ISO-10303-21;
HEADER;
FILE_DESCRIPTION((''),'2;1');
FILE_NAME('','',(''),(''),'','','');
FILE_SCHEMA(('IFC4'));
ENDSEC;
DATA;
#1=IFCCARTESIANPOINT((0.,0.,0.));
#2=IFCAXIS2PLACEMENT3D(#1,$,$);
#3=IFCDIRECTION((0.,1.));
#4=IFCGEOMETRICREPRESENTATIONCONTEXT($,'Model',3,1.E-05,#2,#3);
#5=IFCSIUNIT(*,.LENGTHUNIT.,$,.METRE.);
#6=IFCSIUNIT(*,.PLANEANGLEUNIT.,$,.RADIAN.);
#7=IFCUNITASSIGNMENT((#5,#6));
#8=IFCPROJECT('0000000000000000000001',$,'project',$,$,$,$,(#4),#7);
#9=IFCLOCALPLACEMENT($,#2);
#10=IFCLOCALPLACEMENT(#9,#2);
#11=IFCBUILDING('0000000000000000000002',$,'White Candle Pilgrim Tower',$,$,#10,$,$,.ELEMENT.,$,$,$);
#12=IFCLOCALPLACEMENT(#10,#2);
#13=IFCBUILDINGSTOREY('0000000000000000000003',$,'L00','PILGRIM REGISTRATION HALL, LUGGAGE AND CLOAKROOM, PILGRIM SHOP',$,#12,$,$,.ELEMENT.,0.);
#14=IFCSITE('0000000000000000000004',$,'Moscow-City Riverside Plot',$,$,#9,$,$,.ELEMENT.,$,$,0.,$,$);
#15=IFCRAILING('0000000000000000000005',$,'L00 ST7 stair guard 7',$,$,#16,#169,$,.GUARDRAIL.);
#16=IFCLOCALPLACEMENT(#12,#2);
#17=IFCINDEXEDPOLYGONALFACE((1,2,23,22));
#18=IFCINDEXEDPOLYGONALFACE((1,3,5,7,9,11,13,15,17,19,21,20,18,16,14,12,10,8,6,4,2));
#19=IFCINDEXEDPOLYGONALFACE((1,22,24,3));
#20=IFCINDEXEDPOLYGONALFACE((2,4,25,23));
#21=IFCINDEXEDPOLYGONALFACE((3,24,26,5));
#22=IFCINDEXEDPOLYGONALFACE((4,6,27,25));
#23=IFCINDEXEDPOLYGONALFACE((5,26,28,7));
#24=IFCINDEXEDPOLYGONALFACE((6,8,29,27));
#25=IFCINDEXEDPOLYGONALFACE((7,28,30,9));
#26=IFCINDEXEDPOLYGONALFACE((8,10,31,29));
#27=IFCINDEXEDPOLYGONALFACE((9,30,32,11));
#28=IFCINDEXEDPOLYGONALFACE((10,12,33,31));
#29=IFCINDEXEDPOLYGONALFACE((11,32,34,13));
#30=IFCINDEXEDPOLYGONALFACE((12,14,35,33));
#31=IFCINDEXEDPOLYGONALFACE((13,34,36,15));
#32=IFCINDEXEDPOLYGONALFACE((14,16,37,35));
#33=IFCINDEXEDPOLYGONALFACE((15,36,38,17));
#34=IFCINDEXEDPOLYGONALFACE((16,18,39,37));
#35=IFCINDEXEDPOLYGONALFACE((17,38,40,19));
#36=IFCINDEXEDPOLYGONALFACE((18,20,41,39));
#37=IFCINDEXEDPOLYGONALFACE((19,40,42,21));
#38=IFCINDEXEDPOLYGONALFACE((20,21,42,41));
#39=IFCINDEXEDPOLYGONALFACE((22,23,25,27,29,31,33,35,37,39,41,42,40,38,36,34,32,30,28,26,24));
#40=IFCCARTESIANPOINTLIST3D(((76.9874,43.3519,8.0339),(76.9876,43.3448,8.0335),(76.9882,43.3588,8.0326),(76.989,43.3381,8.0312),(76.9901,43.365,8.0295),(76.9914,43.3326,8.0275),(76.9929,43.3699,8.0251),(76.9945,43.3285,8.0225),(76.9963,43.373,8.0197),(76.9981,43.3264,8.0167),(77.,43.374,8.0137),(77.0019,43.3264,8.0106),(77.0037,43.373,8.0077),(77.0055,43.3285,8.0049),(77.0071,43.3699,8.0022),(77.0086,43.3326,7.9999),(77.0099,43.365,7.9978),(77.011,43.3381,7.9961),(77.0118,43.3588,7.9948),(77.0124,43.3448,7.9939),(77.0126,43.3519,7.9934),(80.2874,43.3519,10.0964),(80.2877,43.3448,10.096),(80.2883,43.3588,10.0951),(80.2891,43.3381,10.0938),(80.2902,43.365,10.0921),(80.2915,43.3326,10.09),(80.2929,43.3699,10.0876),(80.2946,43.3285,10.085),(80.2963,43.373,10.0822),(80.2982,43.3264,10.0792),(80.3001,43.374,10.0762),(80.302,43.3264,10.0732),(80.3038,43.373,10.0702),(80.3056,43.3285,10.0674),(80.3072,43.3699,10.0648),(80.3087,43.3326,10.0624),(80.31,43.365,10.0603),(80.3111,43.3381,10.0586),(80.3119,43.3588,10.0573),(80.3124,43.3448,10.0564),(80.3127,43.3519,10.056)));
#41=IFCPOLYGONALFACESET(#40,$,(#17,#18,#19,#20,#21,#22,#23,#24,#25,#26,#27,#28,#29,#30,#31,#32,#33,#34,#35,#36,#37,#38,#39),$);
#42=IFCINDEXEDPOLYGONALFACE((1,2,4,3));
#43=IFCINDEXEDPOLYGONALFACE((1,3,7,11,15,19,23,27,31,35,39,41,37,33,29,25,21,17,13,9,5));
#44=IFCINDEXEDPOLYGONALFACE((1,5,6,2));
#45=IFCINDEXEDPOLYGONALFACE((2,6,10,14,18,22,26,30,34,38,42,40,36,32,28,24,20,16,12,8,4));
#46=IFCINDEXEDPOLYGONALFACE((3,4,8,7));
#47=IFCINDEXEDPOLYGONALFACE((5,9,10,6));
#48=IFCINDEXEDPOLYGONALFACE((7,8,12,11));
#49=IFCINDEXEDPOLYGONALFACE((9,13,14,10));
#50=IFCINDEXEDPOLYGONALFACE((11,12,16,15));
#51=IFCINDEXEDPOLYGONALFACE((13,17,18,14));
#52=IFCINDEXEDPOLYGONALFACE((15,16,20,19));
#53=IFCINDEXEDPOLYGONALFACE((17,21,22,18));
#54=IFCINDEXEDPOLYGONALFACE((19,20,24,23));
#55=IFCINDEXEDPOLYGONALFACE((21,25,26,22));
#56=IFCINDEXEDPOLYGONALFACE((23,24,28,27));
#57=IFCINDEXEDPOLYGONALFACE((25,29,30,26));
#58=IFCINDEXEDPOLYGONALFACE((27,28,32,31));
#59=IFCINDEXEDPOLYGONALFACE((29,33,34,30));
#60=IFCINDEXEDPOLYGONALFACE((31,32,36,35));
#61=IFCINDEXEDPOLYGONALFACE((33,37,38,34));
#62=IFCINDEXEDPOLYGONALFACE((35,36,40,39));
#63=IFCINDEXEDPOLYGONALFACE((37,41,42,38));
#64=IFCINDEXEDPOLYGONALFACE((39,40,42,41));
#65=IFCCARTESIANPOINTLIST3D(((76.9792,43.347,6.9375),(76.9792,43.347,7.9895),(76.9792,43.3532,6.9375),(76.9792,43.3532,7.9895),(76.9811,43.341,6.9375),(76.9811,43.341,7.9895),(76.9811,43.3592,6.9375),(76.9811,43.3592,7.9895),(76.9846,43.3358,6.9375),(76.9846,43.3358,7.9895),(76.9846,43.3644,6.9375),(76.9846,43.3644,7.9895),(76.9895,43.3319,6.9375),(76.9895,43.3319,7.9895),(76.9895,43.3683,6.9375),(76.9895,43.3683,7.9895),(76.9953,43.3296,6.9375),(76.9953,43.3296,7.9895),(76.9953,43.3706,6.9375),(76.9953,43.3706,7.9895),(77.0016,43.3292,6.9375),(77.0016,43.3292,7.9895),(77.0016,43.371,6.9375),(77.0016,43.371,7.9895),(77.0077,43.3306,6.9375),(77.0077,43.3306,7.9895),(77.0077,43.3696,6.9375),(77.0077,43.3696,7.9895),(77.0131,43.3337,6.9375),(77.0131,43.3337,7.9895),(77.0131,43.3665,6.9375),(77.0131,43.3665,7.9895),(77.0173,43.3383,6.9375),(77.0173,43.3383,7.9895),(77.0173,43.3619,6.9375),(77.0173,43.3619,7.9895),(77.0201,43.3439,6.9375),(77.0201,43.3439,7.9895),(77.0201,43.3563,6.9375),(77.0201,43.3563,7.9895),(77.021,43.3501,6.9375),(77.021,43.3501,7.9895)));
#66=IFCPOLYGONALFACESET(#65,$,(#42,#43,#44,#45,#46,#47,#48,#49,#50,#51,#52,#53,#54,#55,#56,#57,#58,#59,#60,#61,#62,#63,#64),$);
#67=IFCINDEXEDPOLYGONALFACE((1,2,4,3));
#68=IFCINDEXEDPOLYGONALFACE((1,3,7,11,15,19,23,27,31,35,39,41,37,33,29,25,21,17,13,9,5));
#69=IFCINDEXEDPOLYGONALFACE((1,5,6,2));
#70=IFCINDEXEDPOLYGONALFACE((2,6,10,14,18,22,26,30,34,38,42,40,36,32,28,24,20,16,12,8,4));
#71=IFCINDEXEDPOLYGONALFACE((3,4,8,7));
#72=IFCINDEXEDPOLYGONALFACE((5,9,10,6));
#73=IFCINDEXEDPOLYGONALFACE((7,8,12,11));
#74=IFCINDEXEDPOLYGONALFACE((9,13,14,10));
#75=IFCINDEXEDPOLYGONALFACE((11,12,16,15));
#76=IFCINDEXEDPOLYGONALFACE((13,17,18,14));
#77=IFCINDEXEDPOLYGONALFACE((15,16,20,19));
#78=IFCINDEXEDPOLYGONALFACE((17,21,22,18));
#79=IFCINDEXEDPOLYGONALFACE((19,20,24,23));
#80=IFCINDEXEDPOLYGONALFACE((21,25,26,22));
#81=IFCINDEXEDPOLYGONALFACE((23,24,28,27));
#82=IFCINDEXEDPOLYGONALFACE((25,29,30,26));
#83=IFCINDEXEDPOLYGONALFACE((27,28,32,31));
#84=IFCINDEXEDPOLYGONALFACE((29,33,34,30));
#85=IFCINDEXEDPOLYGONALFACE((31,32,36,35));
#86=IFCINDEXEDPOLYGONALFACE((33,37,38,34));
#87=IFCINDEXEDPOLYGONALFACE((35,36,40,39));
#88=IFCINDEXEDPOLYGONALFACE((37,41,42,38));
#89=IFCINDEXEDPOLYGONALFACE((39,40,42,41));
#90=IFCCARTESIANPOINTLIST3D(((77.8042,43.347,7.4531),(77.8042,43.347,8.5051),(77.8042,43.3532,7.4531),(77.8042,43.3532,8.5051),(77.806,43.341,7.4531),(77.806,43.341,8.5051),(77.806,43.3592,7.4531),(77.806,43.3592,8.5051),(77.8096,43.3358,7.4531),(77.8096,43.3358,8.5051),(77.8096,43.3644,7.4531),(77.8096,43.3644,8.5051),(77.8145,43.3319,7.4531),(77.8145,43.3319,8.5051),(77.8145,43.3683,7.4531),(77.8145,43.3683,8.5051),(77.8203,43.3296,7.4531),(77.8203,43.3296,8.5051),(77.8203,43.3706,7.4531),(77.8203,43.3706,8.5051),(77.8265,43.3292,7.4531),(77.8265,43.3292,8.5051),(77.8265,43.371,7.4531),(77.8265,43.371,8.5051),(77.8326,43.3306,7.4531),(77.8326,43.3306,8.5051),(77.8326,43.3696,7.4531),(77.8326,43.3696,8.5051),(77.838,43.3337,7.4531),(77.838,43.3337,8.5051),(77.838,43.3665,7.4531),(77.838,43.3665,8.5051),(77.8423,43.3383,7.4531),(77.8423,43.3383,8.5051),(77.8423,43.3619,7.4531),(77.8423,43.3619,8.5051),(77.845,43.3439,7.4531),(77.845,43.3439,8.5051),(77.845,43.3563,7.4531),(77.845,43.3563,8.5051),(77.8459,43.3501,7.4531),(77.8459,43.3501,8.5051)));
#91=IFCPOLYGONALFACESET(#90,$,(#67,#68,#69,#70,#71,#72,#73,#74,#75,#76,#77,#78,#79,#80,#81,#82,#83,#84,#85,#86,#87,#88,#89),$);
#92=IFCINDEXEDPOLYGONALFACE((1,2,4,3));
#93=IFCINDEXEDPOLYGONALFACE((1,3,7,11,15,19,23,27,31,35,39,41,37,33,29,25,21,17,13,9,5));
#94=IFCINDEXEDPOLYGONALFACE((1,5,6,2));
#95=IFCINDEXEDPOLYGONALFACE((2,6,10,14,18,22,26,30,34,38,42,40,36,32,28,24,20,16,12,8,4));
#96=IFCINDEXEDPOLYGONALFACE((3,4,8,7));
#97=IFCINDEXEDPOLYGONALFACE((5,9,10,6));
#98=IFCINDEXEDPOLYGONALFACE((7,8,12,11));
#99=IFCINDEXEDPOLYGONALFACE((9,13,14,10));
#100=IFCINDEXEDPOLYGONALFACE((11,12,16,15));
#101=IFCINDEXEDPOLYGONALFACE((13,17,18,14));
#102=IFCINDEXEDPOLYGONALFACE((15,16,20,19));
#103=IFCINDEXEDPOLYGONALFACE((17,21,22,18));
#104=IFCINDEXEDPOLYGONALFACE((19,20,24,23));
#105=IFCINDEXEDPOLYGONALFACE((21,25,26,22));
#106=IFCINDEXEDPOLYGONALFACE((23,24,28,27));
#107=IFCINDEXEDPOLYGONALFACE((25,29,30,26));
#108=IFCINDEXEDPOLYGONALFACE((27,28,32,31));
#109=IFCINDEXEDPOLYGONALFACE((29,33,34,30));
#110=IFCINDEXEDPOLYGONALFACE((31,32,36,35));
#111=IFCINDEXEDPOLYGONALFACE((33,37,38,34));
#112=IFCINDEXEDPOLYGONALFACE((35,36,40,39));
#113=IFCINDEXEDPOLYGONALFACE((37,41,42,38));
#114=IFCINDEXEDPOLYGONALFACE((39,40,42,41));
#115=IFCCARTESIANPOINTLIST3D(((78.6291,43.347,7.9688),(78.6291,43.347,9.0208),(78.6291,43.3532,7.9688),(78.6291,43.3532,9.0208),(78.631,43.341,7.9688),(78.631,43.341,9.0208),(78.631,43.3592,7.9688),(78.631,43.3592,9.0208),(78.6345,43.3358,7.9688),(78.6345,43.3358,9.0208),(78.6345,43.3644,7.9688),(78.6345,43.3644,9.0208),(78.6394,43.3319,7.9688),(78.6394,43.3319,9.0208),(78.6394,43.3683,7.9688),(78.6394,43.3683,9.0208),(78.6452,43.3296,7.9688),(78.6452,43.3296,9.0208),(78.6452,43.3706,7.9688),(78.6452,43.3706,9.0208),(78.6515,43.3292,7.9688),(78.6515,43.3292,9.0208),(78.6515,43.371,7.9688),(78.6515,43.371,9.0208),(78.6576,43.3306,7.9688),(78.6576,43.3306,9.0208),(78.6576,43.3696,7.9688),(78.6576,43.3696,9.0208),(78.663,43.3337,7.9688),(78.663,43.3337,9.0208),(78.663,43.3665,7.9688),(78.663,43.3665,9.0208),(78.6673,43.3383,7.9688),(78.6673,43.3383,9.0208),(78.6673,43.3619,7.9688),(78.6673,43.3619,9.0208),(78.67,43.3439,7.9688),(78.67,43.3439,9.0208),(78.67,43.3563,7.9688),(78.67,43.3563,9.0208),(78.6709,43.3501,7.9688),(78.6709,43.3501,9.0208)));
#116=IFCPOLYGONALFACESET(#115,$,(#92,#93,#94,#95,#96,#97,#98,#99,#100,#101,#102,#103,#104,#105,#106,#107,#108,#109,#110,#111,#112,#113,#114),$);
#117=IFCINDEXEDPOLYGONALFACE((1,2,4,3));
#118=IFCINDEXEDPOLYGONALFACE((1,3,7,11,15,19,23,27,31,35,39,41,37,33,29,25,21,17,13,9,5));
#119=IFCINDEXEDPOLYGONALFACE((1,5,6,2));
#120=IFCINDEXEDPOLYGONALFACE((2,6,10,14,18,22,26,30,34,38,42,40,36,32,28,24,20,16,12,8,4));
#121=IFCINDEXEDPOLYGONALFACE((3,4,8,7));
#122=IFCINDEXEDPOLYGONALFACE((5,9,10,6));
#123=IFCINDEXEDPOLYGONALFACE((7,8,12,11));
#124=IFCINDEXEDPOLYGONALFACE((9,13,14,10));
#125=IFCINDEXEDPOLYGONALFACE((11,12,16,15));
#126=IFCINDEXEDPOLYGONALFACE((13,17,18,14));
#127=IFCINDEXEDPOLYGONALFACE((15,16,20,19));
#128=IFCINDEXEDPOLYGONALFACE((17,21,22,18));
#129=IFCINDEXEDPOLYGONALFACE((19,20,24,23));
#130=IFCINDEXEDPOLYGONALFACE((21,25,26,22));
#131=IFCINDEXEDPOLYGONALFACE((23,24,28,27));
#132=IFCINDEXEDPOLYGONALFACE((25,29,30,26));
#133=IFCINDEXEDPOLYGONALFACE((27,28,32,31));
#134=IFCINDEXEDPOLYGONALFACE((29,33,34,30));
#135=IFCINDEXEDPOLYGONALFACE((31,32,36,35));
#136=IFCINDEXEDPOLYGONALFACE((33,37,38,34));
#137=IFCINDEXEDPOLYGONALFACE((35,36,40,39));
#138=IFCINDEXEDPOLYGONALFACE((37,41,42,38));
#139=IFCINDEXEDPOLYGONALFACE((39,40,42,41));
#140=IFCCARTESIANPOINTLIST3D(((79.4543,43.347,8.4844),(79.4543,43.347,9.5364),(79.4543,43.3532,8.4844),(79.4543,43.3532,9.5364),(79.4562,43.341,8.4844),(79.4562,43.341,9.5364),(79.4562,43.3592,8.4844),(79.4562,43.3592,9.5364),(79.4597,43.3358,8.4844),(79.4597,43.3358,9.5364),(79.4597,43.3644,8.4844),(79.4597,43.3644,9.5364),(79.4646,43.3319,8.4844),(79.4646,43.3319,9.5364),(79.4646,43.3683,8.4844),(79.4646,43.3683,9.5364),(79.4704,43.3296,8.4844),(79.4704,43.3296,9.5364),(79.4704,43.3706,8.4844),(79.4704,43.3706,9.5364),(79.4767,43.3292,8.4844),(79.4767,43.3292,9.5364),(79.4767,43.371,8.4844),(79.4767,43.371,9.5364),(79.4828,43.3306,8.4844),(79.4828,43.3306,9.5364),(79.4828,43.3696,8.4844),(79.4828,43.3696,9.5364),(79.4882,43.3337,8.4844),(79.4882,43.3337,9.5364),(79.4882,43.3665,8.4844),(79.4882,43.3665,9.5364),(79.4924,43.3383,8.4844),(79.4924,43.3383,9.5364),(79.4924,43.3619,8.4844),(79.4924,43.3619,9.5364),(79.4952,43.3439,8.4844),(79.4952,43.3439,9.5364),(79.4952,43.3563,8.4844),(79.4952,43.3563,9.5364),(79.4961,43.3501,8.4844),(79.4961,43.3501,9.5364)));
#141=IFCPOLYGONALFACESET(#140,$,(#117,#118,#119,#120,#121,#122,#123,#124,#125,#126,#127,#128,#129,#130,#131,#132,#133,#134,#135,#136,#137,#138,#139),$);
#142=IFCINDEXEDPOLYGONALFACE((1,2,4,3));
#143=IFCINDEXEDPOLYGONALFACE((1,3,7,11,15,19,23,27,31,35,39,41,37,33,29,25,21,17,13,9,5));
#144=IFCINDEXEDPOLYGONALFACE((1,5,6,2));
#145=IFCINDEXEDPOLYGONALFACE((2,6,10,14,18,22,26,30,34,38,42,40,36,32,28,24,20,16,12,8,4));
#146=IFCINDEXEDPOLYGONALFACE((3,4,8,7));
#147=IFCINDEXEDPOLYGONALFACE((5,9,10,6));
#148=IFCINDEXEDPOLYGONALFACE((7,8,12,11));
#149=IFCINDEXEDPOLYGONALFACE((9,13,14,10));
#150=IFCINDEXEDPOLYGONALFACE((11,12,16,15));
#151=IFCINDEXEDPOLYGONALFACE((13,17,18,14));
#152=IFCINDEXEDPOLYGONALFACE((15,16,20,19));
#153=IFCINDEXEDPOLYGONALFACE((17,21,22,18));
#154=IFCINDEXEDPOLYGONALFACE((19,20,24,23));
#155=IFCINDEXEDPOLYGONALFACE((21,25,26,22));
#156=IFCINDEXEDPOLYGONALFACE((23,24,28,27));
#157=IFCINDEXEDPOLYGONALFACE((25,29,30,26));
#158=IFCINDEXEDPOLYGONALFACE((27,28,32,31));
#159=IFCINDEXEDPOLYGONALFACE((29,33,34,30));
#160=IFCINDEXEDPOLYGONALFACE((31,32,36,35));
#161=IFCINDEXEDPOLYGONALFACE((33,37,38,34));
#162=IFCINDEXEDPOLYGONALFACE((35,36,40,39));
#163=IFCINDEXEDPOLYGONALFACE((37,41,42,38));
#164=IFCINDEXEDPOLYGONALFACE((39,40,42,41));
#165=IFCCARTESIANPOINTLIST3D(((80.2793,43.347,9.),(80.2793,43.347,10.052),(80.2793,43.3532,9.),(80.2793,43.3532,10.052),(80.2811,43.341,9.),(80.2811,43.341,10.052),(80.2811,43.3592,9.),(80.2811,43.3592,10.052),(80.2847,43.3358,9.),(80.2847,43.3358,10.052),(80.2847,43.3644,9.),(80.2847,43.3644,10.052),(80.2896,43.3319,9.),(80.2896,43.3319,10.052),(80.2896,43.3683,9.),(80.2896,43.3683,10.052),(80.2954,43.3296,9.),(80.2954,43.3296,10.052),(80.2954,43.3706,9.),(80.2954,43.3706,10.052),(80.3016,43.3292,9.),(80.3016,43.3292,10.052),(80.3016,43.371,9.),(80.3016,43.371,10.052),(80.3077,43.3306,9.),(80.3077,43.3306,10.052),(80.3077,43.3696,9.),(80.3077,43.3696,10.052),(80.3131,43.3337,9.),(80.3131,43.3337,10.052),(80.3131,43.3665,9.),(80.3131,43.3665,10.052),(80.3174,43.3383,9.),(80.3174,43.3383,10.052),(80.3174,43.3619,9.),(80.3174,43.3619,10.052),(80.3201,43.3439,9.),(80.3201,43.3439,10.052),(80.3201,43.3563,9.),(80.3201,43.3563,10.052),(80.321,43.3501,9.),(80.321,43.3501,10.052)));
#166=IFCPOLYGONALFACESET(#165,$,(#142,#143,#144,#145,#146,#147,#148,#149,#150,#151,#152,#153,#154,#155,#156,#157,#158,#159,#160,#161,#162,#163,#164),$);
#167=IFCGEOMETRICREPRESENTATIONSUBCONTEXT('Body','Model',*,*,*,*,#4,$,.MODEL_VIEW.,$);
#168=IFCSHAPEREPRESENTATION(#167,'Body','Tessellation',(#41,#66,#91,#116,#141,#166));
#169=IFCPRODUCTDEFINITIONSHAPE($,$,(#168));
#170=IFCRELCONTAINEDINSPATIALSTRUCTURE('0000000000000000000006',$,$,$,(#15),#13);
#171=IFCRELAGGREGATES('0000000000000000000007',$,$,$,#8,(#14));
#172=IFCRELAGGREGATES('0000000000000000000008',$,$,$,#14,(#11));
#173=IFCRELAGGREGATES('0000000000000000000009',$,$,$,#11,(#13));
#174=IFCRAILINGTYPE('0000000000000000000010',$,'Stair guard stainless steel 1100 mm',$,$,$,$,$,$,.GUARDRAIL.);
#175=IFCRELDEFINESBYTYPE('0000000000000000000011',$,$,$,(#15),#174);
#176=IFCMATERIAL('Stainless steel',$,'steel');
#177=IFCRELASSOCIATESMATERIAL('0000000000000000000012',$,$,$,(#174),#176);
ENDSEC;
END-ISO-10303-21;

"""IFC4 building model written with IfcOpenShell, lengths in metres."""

from ifc_helpers import new_model, si_unit, direction, frame, origin, origin_2d, place, context, subcontext, project, spatial, circle, extrude, material, type_object, element, save


model = new_model("IFC4")

# Units and contexts
model_context = context("Model", 3, precision=1e-05, world=origin(), true_north=direction((0.0, 1.0)))
body_context = subcontext(model_context, "Body", "Model", "MODEL_VIEW")
ifc_project = project(units=[si_unit("LENGTHUNIT", "METRE"), si_unit("PLANEANGLEUNIT", "RADIAN")], contexts=[model_context])

# Site, building, storey
site_placement = place(None, origin())
site = spatial("IfcSite", under=ifc_project, at=site_placement, Name="Moscow-City Riverside Plot", CompositionType="ELEMENT", RefElevation=0.0)
building_placement = place(site_placement, origin())
building = spatial("IfcBuilding", under=site, at=building_placement, Name="White Candle Pilgrim Tower", CompositionType="ELEMENT")
storey_placement = place(building_placement, origin())
storey = spatial("IfcBuildingStorey", under=building, at=storey_placement, Name="L00", Description="PILGRIM REGISTRATION HALL, LUGGAGE AND CLOAKROOM, PILGRIM SHOP", CompositionType="ELEMENT", Elevation=0.0)

# Railing
ifc_material_1 = material(Name="Stainless steel", Category="steel")
railing_type_1 = type_object("IfcRailingType", Name="Stair guard stainless steel 1100 mm", PredefinedType="GUARDRAIL", material=ifc_material_1)
railing_1_placement = place(storey_placement, frame((77.0, 43.3501, 6.9375)))
element("IfcRailing", 1, at=railing_1_placement, inside=storey, type_object=railing_type_1, Name="L00 ST7 stair guard 7", PredefinedType="GUARDRAIL", context=body_context, shape_type="SweptSolid", body=[
    extrude(circle(Radius=0.0239, at=origin_2d()), frame((0.0, 0.0, 1.0762), z_axis=(0.848002, 0.0, 0.529993), x_axis=(0.0, 1.0, 0.0)), (0.0, 0.0, 1.0), 3.8916),
    extrude(circle(Radius=0.021, at=origin_2d()), origin(), (0.0, 0.0, 1.0), 1.052),
    extrude(circle(Radius=0.021, at=origin_2d()), frame((0.825, 0.0, 0.5156)), (0.0, 0.0, 1.0), 1.052),
    extrude(circle(Radius=0.021, at=origin_2d()), frame((1.6499, 0.0, 1.0312)), (0.0, 0.0, 1.0), 1.052),
    extrude(circle(Radius=0.021, at=origin_2d()), frame((2.4751, 0.0, 1.5469)), (0.0, 0.0, 1.0), 1.052),
    extrude(circle(Radius=0.021, at=origin_2d()), frame((3.3, 0.0, 2.0625)), (0.0, 0.0, 1.0), 1.052),
])

save(model, "model.ifc")
